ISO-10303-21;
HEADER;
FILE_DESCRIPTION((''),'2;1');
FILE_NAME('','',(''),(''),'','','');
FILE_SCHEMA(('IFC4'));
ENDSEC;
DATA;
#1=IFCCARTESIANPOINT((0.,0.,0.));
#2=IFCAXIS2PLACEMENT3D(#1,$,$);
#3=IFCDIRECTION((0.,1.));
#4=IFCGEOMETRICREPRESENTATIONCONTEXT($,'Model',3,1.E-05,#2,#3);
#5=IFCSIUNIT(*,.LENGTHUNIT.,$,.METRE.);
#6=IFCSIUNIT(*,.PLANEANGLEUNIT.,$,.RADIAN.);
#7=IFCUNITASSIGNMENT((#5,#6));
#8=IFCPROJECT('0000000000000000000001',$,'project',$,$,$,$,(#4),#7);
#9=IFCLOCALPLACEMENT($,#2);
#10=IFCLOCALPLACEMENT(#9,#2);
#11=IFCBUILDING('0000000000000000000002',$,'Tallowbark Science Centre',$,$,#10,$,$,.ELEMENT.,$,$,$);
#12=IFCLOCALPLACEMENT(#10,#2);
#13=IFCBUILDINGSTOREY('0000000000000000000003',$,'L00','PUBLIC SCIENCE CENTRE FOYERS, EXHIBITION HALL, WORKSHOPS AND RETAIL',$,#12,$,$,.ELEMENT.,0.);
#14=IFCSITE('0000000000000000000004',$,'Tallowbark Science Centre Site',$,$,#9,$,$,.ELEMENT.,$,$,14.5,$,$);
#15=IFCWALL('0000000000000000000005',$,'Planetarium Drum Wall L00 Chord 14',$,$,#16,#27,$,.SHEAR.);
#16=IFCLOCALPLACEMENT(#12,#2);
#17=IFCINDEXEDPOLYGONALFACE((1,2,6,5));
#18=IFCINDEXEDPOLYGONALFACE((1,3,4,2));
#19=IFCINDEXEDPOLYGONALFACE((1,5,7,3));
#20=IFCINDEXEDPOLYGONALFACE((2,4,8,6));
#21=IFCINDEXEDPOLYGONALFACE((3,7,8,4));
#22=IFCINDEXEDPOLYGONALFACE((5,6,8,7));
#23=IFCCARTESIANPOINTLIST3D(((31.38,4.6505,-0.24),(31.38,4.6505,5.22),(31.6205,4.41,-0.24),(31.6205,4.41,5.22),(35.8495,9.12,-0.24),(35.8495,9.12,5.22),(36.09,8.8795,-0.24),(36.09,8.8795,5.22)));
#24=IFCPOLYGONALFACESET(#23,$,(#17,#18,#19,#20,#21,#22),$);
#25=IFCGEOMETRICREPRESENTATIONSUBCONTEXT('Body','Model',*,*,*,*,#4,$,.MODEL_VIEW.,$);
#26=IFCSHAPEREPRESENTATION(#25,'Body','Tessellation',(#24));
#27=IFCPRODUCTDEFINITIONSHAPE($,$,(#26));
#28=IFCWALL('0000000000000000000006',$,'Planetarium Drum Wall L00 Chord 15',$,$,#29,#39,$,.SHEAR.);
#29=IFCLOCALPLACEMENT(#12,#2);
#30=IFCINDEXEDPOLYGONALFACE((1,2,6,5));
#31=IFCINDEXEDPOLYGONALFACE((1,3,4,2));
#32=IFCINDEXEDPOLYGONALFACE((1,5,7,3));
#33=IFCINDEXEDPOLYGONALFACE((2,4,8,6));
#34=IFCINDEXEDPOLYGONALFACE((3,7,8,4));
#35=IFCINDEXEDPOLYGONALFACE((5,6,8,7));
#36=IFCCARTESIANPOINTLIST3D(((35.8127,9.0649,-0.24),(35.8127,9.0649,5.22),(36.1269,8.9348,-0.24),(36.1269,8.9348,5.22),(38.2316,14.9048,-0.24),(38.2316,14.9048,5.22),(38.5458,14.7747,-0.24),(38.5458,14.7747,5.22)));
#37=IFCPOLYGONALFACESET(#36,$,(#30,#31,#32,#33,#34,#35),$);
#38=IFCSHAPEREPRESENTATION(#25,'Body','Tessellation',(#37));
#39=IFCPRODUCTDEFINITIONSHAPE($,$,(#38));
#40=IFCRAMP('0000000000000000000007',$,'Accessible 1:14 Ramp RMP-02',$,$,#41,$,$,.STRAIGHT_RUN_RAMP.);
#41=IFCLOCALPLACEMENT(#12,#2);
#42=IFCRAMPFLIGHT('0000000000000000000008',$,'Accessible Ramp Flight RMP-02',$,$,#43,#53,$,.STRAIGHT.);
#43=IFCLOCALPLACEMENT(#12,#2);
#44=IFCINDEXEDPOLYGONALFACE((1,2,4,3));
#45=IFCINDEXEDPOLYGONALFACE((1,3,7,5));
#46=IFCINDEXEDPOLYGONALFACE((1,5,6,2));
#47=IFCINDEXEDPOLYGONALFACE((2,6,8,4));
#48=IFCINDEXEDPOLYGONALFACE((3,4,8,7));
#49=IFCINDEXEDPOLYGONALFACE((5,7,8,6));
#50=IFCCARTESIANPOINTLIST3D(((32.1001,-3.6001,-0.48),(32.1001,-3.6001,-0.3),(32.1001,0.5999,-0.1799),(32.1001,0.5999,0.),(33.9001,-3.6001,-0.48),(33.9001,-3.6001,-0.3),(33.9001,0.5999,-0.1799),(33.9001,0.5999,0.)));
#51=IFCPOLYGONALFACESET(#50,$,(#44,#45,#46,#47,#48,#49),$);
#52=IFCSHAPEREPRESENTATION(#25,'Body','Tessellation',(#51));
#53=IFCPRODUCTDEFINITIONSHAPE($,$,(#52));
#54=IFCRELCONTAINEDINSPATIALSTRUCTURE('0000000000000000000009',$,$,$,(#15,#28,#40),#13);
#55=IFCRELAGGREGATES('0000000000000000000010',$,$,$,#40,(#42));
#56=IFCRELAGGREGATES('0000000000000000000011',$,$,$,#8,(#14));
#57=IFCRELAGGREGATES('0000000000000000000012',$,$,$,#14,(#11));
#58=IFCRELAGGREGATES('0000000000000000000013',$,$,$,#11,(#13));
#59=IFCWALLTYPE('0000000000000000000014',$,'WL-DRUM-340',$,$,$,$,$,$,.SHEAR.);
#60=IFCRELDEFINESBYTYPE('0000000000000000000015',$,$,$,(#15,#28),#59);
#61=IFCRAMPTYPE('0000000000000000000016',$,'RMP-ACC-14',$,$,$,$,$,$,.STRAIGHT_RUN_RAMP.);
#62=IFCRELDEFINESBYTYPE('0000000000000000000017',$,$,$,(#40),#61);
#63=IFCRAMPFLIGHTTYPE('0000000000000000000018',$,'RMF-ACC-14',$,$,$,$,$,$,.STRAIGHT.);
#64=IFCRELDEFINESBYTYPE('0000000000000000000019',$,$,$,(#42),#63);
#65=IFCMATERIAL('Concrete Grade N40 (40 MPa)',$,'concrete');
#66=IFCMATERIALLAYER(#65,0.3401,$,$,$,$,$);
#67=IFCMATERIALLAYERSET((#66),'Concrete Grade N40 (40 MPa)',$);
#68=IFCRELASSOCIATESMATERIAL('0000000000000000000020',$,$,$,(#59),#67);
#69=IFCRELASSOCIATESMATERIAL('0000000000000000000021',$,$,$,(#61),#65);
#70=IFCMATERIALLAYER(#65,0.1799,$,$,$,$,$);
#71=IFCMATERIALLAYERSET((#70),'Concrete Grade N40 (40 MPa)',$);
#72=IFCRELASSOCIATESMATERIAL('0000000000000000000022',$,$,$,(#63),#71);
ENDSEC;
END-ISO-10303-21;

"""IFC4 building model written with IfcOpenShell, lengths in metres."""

from ifc_helpers import new_model, si_unit, direction, frame, frame_2d, origin, place, context, subcontext, project, spatial, polyline, rectangle, outline, extrude, material, layer, layer_set, type_object, element, aggregate, save


model = new_model("IFC4")

# Units and contexts
model_context = context("Model", 3, precision=1e-05, world=origin(), true_north=direction((0.0, 1.0)))
body_context = subcontext(model_context, "Body", "Model", "MODEL_VIEW")
ifc_project = project(units=[si_unit("LENGTHUNIT", "METRE"), si_unit("PLANEANGLEUNIT", "RADIAN")], contexts=[model_context])

# Site, building, storey
site_placement = place(None, origin())
site = spatial("IfcSite", under=ifc_project, at=site_placement, Name="Tallowbark Science Centre Site", CompositionType="ELEMENT", RefElevation=14.5)
building_placement = place(site_placement, origin())
building = spatial("IfcBuilding", under=site, at=building_placement, Name="Tallowbark Science Centre", CompositionType="ELEMENT")
storey_placement = place(building_placement, origin())
storey = spatial("IfcBuildingStorey", under=building, at=storey_placement, Name="L00", Description="PUBLIC SCIENCE CENTRE FOYERS, EXHIBITION HALL, WORKSHOPS AND RETAIL", CompositionType="ELEMENT", Elevation=0.0)

# Shared definitions
ifc_material_1 = material(Name="Concrete Grade N40 (40 MPa)", Category="concrete")

# Walls
ifc_layer_1 = layer(ifc_material_1, 0.3401)
ifc_layer_set_1 = layer_set([ifc_layer_1], Name="Concrete Grade N40 (40 MPa)")
wall_type_1 = type_object("IfcWallType", Name="WL-DRUM-340", PredefinedType="SHEAR", material=ifc_layer_set_1)
wall_1_placement = place(storey_placement, frame((31.5002, 4.5303, -0.24), z_axis=(0.0, 0.0, 1.0), x_axis=(0.707107, 0.707107, 0.0)))
element("IfcWall", 1, at=wall_1_placement, inside=storey, type_object=wall_type_1, Name="Planetarium Drum Wall L00 Chord 14", PredefinedType="SHEAR", context=body_context, shape_type="SweptSolid", body=[
    extrude(rectangle(XDim=6.3208, YDim=0.3401, at=frame_2d((3.1604, 0.0))), origin(), (0.0, 0.0, 1.0), 5.46),
])
wall_2_placement = place(storey_placement, frame((35.9697, 8.9998, -0.24), z_axis=(0.0, 0.0, 1.0), x_axis=(0.382684, 0.923879, 0.0)))
element("IfcWall", 2, at=wall_2_placement, inside=storey, type_object=wall_type_1, Name="Planetarium Drum Wall L00 Chord 15", PredefinedType="SHEAR", context=body_context, shape_type="SweptSolid", body=[
    extrude(rectangle(XDim=6.321, YDim=0.3401, at=frame_2d((3.1606, 0.0))), origin(), (0.0, 0.0, 1.0), 5.46),
])

# Ramp, ramp flight
ramp_type = type_object("IfcRampType", Name="RMP-ACC-14", PredefinedType="STRAIGHT_RUN_RAMP", material=ifc_material_1)
ramp_placement = place(storey_placement, origin())
ramp = element("IfcRamp", 3, at=ramp_placement, inside=storey, type_object=ramp_type, Name="Accessible 1:14 Ramp RMP-02", PredefinedType="STRAIGHT_RUN_RAMP")
ifc_layer_2 = layer(ifc_material_1, 0.1799)
ifc_layer_set_2 = layer_set([ifc_layer_2], Name="Concrete Grade N40 (40 MPa)")
ramp_flight_type = type_object("IfcRampFlightType", Name="RMF-ACC-14", PredefinedType="STRAIGHT", material=ifc_layer_set_2)
ramp_flight_placement = place(storey_placement, frame((33.0, -3.6001, -0.3), z_axis=(0.0, 0.0, 1.0), x_axis=(0.0, 1.0, 0.0)))
ramp_flight = element("IfcRampFlight", 4, at=ramp_flight_placement, type_object=ramp_flight_type, Name="Accessible Ramp Flight RMP-02", PredefinedType="STRAIGHT", context=body_context, shape_type="SweptSolid", body=[
    extrude(outline(polyline([(0.0, 0.0), (0.0, -0.1799), (4.2, 0.1201), (4.2, 0.3), (0.0, 0.0)])), frame((0.0, 0.8999, 0.0), z_axis=(0.0, -1.0, 0.0), x_axis=(1.0, 0.0, 0.0)), (0.0, 0.0, 1.0), 1.8),
])
aggregate(ramp, [ramp_flight])

save(model, "model.ifc")
